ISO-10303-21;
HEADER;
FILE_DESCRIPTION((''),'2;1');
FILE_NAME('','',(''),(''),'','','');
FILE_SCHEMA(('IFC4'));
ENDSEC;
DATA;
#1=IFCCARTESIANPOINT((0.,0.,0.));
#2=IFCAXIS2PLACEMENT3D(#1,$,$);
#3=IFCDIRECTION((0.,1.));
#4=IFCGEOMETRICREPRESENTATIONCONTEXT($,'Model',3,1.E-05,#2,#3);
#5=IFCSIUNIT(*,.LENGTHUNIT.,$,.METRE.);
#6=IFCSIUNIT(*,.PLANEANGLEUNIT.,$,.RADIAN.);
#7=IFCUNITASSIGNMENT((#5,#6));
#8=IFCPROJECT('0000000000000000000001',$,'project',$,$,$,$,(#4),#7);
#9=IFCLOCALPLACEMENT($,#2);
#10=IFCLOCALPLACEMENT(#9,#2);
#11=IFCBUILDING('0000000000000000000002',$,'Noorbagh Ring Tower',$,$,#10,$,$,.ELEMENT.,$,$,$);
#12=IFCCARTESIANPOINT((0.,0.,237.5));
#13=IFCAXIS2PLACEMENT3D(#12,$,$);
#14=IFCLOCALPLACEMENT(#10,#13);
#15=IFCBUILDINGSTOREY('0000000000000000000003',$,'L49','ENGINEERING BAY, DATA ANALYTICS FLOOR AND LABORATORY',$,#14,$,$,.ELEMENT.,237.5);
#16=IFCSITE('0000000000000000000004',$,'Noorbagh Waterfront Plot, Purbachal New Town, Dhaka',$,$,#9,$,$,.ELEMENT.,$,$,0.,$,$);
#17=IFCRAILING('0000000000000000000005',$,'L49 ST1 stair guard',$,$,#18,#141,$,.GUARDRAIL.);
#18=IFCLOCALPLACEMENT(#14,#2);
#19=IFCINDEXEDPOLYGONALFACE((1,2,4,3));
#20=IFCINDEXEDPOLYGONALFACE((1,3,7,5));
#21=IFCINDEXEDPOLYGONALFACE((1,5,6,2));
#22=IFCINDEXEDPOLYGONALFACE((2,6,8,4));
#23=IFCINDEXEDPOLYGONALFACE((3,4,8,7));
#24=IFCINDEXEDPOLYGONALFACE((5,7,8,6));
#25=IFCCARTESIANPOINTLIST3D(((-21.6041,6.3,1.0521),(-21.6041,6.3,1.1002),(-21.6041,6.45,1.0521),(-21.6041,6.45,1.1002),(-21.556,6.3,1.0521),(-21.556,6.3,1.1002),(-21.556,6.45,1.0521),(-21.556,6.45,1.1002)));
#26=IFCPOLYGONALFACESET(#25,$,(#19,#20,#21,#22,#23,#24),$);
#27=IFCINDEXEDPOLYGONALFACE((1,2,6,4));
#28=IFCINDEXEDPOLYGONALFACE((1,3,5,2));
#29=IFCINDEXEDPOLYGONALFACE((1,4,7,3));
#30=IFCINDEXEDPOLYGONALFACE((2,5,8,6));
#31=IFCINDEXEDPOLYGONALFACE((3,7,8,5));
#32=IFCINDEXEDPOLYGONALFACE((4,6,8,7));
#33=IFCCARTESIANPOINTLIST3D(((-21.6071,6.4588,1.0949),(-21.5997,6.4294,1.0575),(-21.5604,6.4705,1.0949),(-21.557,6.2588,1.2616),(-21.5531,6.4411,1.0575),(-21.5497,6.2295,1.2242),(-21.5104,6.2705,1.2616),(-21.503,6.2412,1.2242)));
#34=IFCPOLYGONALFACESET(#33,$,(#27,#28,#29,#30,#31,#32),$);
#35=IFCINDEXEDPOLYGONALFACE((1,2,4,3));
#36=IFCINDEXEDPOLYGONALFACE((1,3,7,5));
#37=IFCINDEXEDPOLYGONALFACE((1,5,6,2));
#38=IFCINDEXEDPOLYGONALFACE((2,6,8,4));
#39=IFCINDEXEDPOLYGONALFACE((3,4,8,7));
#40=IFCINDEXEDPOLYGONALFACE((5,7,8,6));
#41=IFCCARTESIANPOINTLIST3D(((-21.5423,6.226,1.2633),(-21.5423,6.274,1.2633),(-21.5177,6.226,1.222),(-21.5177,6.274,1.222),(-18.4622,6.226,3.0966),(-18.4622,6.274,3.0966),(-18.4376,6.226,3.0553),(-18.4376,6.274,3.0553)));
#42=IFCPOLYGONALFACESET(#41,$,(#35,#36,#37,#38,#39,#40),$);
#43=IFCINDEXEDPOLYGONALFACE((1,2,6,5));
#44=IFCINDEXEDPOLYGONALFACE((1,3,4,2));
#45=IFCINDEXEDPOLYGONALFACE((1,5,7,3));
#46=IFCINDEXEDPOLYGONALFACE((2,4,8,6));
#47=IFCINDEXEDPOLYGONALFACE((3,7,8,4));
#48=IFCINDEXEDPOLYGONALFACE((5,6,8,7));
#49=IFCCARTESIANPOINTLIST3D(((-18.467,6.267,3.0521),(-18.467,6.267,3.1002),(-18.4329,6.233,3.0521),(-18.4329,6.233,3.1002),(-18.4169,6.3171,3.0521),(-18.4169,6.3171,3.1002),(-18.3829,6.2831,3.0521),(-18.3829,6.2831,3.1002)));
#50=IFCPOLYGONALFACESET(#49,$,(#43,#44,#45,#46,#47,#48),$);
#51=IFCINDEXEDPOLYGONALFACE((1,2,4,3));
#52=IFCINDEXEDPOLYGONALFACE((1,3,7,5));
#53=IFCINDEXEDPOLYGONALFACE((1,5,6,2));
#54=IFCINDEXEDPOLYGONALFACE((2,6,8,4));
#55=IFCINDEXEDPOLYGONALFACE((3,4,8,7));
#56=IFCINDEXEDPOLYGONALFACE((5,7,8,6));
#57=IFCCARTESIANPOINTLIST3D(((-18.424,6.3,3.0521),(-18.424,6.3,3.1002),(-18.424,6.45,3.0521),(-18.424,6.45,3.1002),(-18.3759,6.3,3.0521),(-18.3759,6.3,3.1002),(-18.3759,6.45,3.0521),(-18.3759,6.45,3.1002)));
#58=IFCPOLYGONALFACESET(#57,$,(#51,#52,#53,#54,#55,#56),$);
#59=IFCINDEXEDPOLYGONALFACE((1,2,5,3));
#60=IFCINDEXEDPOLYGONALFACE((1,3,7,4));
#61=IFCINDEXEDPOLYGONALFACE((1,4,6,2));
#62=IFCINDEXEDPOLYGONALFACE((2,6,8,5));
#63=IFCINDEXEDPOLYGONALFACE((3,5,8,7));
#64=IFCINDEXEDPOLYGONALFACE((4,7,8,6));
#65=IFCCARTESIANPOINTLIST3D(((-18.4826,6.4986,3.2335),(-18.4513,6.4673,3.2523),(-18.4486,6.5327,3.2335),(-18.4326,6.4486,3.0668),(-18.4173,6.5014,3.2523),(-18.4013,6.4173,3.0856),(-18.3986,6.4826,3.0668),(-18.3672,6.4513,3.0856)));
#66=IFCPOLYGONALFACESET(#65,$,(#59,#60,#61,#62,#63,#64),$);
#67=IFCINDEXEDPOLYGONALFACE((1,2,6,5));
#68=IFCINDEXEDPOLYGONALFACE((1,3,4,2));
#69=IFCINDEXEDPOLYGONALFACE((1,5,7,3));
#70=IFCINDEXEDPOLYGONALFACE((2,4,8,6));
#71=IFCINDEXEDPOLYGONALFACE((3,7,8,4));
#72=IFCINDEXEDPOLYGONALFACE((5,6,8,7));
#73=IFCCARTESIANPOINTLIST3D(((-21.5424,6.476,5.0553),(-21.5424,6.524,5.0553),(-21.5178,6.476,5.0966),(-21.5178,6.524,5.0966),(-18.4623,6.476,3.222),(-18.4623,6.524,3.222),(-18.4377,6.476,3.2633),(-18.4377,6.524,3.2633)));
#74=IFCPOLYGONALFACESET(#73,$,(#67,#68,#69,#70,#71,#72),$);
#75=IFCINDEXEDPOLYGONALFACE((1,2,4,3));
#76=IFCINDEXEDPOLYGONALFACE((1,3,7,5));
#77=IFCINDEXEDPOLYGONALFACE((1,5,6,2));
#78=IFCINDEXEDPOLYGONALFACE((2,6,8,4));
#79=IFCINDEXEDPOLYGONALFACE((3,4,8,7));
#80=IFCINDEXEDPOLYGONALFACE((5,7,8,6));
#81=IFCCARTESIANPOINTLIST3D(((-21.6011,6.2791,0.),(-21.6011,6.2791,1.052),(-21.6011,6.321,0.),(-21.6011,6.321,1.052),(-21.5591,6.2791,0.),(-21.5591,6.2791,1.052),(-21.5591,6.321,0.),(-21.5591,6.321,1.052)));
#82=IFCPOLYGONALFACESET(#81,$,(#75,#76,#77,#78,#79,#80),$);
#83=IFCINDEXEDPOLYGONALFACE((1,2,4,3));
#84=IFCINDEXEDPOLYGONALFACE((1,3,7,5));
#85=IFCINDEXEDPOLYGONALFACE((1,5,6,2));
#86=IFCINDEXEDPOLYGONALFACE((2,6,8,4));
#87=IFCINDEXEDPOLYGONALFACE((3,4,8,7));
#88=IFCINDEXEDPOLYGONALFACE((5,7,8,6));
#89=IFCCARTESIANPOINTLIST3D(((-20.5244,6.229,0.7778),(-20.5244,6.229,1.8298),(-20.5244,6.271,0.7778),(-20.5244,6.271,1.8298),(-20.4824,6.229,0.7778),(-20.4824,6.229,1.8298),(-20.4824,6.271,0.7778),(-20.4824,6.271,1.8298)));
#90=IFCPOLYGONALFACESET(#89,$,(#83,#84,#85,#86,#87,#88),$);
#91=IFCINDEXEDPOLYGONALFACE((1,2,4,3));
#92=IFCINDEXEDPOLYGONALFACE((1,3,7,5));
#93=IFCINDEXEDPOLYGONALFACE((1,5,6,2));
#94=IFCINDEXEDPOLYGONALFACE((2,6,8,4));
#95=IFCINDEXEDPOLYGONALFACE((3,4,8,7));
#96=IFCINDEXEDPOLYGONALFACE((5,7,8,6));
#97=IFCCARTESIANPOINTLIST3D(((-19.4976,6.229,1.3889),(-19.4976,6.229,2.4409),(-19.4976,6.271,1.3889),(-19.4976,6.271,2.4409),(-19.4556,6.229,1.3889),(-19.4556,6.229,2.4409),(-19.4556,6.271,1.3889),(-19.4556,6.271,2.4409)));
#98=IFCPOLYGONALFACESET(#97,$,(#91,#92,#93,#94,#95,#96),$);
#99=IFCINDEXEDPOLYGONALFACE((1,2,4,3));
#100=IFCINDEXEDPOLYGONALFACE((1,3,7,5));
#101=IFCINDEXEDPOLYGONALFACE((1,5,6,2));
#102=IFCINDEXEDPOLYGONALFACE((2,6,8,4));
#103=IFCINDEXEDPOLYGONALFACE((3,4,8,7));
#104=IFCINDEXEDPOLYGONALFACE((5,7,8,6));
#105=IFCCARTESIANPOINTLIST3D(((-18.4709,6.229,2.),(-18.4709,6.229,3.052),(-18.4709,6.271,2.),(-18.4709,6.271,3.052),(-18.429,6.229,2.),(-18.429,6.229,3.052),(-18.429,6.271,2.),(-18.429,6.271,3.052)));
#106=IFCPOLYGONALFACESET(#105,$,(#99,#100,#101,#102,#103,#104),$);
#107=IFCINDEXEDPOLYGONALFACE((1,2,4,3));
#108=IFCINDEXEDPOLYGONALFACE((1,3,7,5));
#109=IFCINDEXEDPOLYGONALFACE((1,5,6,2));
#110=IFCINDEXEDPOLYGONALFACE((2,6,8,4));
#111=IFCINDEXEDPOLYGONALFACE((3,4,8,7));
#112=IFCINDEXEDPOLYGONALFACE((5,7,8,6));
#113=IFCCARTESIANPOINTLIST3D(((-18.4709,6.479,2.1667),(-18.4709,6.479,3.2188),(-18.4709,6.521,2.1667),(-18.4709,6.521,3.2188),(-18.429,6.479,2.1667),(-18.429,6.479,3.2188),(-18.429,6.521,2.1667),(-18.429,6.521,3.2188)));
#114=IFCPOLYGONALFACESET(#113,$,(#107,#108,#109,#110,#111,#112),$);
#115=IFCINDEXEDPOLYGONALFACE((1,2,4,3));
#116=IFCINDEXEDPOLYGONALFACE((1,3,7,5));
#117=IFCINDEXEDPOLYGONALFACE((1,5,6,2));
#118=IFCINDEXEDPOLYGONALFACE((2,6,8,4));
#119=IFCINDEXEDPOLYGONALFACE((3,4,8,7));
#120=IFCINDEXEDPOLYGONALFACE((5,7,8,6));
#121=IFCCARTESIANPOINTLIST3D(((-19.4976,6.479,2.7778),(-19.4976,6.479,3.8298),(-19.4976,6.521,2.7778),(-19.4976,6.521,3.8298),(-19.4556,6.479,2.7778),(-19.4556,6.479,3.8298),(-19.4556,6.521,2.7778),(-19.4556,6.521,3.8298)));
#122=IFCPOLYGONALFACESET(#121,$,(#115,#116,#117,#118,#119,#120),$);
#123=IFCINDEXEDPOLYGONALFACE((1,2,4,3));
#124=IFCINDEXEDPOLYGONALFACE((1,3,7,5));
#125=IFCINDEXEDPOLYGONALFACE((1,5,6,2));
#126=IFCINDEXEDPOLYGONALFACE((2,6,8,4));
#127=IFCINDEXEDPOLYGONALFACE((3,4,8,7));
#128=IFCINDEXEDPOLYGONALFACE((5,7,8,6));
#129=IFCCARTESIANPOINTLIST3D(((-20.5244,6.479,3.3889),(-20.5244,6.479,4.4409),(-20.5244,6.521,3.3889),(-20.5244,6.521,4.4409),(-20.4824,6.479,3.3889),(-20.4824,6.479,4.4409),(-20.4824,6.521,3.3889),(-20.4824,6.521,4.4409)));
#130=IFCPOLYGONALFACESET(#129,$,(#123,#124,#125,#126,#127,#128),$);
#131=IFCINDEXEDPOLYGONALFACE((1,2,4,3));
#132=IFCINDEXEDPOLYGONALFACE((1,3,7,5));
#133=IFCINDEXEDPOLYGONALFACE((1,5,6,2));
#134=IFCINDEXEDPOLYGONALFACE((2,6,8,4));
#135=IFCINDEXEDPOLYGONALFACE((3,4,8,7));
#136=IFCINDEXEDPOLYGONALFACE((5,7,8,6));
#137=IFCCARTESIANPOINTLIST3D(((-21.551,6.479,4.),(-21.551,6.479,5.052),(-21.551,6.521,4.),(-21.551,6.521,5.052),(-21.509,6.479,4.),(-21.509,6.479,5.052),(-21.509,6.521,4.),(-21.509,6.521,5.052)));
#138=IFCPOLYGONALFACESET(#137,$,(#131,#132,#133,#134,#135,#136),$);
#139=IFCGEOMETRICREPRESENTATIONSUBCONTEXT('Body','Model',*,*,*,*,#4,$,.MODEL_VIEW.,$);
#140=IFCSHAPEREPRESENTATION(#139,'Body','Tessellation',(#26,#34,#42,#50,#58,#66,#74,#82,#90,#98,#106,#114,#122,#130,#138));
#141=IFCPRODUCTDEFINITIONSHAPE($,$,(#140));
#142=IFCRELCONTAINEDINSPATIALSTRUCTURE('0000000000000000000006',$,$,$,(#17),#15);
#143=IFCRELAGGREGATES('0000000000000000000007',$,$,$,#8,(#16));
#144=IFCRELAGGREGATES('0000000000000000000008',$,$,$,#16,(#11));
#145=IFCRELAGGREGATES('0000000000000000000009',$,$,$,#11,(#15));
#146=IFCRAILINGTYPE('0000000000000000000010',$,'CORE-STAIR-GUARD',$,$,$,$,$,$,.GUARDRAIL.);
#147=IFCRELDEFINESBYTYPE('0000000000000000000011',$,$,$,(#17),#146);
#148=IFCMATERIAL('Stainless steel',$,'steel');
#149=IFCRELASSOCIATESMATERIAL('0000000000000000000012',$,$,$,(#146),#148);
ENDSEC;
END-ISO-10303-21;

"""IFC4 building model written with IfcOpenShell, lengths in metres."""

from ifc_helpers import new_model, si_unit, direction, frame, origin, origin_2d, place, context, subcontext, project, spatial, rectangle, extrude, material, type_object, element, save


model = new_model("IFC4")

# Units and contexts
model_context = context("Model", 3, precision=1e-05, world=origin(), true_north=direction((0.0, 1.0)))
body_context = subcontext(model_context, "Body", "Model", "MODEL_VIEW")
ifc_project = project(units=[si_unit("LENGTHUNIT", "METRE"), si_unit("PLANEANGLEUNIT", "RADIAN")], contexts=[model_context])

# Site, building, storey
site_placement = place(None, origin())
site = spatial("IfcSite", under=ifc_project, at=site_placement, Name="Noorbagh Waterfront Plot, Purbachal New Town, Dhaka", CompositionType="ELEMENT", RefElevation=0.0)
building_placement = place(site_placement, origin())
building = spatial("IfcBuilding", under=site, at=building_placement, Name="Noorbagh Ring Tower", CompositionType="ELEMENT")
storey_placement = place(building_placement, frame((0.0, 0.0, 237.5)))
storey = spatial("IfcBuildingStorey", under=building, at=storey_placement, Name="L49", Description="ENGINEERING BAY, DATA ANALYTICS FLOOR AND LABORATORY", CompositionType="ELEMENT", Elevation=237.5)

# Railing
ifc_material_1 = material(Name="Stainless steel", Category="steel")
railing_type_1 = type_object("IfcRailingType", Name="CORE-STAIR-GUARD", PredefinedType="GUARDRAIL", material=ifc_material_1)
railing_1_placement = place(storey_placement, frame((-21.5801, 6.3, 0.0)))
element("IfcRailing", 1, at=railing_1_placement, inside=storey, type_object=railing_type_1, Name="L49 ST1 stair guard", PredefinedType="GUARDRAIL", context=body_context, shape_type="SweptSolid", body=[
    extrude(rectangle(XDim=0.0481, YDim=0.0481, at=origin_2d()), frame((0.0, 0.0, 1.0762), z_axis=(0.0, 1.0, 0.0), x_axis=(-1.0, 0.0, 0.0)), (0.0, 0.0, 1.0), 0.1499),
    extrude(rectangle(XDim=0.0481, YDim=0.0481, at=origin_2d()), frame((0.0, 0.1499, 1.0762), z_axis=(0.188776, -0.754182, 0.628946), x_axis=(0.970073, 0.242814, 0.0)), (0.0, 0.0, 1.0), 0.2651),
    extrude(rectangle(XDim=0.0481, YDim=0.0481, at=origin_2d()), frame((0.05, -0.05, 1.2427), z_axis=(0.859309, 0.0, 0.511458), x_axis=(0.0, 1.0, 0.0)), (0.0, 0.0, 1.0), 3.5845),
    extrude(rectangle(XDim=0.0481, YDim=0.0481, at=origin_2d()), frame((3.1301, -0.05, 3.0762), z_axis=(0.707107, 0.707107, 0.0), x_axis=(-0.707107, 0.707107, 0.0)), (0.0, 0.0, 1.0), 0.0708),
    extrude(rectangle(XDim=0.0481, YDim=0.0481, at=origin_2d()), frame((3.1802, 0.0, 3.0762), z_axis=(0.0, 1.0, 0.0), x_axis=(-1.0, 0.0, 0.0)), (0.0, 0.0, 1.0), 0.1499),
    extrude(rectangle(XDim=0.0481, YDim=0.0481, at=origin_2d()), frame((3.1802, 0.1499, 3.0762), z_axis=(-0.276287, 0.276287, 0.920506), x_axis=(-0.707107, -0.707107, 0.0)), (0.0, 0.0, 1.0), 0.1812),
    extrude(rectangle(XDim=0.0481, YDim=0.0481, at=origin_2d()), frame((3.1301, 0.2, 3.2427), z_axis=(-0.859309, 0.0, 0.511458), x_axis=(0.0, -1.0, 0.0)), (0.0, 0.0, 1.0), 3.5845),
    extrude(rectangle(XDim=0.042, YDim=0.042, at=origin_2d()), origin(), (0.0, 0.0, 1.0), 1.052),
    extrude(rectangle(XDim=0.042, YDim=0.042, at=origin_2d()), frame((1.0767, -0.05, 0.7778)), (0.0, 0.0, 1.0), 1.052),
    extrude(rectangle(XDim=0.042, YDim=0.042, at=origin_2d()), frame((2.1035, -0.05, 1.3889)), (0.0, 0.0, 1.0), 1.052),
    extrude(rectangle(XDim=0.042, YDim=0.042, at=origin_2d()), frame((3.1301, -0.05, 2.0)), (0.0, 0.0, 1.0), 1.052),
    extrude(rectangle(XDim=0.042, YDim=0.042, at=origin_2d()), frame((3.1301, 0.2, 2.1667)), (0.0, 0.0, 1.0), 1.052),
    extrude(rectangle(XDim=0.042, YDim=0.042, at=origin_2d()), frame((2.1035, 0.2, 2.7778)), (0.0, 0.0, 1.0), 1.052),
    extrude(rectangle(XDim=0.042, YDim=0.042, at=origin_2d()), frame((1.0767, 0.2, 3.3889)), (0.0, 0.0, 1.0), 1.052),
    extrude(rectangle(XDim=0.042, YDim=0.042, at=origin_2d()), frame((0.05, 0.2, 4.0)), (0.0, 0.0, 1.0), 1.052),
])

save(model, "model.ifc")
